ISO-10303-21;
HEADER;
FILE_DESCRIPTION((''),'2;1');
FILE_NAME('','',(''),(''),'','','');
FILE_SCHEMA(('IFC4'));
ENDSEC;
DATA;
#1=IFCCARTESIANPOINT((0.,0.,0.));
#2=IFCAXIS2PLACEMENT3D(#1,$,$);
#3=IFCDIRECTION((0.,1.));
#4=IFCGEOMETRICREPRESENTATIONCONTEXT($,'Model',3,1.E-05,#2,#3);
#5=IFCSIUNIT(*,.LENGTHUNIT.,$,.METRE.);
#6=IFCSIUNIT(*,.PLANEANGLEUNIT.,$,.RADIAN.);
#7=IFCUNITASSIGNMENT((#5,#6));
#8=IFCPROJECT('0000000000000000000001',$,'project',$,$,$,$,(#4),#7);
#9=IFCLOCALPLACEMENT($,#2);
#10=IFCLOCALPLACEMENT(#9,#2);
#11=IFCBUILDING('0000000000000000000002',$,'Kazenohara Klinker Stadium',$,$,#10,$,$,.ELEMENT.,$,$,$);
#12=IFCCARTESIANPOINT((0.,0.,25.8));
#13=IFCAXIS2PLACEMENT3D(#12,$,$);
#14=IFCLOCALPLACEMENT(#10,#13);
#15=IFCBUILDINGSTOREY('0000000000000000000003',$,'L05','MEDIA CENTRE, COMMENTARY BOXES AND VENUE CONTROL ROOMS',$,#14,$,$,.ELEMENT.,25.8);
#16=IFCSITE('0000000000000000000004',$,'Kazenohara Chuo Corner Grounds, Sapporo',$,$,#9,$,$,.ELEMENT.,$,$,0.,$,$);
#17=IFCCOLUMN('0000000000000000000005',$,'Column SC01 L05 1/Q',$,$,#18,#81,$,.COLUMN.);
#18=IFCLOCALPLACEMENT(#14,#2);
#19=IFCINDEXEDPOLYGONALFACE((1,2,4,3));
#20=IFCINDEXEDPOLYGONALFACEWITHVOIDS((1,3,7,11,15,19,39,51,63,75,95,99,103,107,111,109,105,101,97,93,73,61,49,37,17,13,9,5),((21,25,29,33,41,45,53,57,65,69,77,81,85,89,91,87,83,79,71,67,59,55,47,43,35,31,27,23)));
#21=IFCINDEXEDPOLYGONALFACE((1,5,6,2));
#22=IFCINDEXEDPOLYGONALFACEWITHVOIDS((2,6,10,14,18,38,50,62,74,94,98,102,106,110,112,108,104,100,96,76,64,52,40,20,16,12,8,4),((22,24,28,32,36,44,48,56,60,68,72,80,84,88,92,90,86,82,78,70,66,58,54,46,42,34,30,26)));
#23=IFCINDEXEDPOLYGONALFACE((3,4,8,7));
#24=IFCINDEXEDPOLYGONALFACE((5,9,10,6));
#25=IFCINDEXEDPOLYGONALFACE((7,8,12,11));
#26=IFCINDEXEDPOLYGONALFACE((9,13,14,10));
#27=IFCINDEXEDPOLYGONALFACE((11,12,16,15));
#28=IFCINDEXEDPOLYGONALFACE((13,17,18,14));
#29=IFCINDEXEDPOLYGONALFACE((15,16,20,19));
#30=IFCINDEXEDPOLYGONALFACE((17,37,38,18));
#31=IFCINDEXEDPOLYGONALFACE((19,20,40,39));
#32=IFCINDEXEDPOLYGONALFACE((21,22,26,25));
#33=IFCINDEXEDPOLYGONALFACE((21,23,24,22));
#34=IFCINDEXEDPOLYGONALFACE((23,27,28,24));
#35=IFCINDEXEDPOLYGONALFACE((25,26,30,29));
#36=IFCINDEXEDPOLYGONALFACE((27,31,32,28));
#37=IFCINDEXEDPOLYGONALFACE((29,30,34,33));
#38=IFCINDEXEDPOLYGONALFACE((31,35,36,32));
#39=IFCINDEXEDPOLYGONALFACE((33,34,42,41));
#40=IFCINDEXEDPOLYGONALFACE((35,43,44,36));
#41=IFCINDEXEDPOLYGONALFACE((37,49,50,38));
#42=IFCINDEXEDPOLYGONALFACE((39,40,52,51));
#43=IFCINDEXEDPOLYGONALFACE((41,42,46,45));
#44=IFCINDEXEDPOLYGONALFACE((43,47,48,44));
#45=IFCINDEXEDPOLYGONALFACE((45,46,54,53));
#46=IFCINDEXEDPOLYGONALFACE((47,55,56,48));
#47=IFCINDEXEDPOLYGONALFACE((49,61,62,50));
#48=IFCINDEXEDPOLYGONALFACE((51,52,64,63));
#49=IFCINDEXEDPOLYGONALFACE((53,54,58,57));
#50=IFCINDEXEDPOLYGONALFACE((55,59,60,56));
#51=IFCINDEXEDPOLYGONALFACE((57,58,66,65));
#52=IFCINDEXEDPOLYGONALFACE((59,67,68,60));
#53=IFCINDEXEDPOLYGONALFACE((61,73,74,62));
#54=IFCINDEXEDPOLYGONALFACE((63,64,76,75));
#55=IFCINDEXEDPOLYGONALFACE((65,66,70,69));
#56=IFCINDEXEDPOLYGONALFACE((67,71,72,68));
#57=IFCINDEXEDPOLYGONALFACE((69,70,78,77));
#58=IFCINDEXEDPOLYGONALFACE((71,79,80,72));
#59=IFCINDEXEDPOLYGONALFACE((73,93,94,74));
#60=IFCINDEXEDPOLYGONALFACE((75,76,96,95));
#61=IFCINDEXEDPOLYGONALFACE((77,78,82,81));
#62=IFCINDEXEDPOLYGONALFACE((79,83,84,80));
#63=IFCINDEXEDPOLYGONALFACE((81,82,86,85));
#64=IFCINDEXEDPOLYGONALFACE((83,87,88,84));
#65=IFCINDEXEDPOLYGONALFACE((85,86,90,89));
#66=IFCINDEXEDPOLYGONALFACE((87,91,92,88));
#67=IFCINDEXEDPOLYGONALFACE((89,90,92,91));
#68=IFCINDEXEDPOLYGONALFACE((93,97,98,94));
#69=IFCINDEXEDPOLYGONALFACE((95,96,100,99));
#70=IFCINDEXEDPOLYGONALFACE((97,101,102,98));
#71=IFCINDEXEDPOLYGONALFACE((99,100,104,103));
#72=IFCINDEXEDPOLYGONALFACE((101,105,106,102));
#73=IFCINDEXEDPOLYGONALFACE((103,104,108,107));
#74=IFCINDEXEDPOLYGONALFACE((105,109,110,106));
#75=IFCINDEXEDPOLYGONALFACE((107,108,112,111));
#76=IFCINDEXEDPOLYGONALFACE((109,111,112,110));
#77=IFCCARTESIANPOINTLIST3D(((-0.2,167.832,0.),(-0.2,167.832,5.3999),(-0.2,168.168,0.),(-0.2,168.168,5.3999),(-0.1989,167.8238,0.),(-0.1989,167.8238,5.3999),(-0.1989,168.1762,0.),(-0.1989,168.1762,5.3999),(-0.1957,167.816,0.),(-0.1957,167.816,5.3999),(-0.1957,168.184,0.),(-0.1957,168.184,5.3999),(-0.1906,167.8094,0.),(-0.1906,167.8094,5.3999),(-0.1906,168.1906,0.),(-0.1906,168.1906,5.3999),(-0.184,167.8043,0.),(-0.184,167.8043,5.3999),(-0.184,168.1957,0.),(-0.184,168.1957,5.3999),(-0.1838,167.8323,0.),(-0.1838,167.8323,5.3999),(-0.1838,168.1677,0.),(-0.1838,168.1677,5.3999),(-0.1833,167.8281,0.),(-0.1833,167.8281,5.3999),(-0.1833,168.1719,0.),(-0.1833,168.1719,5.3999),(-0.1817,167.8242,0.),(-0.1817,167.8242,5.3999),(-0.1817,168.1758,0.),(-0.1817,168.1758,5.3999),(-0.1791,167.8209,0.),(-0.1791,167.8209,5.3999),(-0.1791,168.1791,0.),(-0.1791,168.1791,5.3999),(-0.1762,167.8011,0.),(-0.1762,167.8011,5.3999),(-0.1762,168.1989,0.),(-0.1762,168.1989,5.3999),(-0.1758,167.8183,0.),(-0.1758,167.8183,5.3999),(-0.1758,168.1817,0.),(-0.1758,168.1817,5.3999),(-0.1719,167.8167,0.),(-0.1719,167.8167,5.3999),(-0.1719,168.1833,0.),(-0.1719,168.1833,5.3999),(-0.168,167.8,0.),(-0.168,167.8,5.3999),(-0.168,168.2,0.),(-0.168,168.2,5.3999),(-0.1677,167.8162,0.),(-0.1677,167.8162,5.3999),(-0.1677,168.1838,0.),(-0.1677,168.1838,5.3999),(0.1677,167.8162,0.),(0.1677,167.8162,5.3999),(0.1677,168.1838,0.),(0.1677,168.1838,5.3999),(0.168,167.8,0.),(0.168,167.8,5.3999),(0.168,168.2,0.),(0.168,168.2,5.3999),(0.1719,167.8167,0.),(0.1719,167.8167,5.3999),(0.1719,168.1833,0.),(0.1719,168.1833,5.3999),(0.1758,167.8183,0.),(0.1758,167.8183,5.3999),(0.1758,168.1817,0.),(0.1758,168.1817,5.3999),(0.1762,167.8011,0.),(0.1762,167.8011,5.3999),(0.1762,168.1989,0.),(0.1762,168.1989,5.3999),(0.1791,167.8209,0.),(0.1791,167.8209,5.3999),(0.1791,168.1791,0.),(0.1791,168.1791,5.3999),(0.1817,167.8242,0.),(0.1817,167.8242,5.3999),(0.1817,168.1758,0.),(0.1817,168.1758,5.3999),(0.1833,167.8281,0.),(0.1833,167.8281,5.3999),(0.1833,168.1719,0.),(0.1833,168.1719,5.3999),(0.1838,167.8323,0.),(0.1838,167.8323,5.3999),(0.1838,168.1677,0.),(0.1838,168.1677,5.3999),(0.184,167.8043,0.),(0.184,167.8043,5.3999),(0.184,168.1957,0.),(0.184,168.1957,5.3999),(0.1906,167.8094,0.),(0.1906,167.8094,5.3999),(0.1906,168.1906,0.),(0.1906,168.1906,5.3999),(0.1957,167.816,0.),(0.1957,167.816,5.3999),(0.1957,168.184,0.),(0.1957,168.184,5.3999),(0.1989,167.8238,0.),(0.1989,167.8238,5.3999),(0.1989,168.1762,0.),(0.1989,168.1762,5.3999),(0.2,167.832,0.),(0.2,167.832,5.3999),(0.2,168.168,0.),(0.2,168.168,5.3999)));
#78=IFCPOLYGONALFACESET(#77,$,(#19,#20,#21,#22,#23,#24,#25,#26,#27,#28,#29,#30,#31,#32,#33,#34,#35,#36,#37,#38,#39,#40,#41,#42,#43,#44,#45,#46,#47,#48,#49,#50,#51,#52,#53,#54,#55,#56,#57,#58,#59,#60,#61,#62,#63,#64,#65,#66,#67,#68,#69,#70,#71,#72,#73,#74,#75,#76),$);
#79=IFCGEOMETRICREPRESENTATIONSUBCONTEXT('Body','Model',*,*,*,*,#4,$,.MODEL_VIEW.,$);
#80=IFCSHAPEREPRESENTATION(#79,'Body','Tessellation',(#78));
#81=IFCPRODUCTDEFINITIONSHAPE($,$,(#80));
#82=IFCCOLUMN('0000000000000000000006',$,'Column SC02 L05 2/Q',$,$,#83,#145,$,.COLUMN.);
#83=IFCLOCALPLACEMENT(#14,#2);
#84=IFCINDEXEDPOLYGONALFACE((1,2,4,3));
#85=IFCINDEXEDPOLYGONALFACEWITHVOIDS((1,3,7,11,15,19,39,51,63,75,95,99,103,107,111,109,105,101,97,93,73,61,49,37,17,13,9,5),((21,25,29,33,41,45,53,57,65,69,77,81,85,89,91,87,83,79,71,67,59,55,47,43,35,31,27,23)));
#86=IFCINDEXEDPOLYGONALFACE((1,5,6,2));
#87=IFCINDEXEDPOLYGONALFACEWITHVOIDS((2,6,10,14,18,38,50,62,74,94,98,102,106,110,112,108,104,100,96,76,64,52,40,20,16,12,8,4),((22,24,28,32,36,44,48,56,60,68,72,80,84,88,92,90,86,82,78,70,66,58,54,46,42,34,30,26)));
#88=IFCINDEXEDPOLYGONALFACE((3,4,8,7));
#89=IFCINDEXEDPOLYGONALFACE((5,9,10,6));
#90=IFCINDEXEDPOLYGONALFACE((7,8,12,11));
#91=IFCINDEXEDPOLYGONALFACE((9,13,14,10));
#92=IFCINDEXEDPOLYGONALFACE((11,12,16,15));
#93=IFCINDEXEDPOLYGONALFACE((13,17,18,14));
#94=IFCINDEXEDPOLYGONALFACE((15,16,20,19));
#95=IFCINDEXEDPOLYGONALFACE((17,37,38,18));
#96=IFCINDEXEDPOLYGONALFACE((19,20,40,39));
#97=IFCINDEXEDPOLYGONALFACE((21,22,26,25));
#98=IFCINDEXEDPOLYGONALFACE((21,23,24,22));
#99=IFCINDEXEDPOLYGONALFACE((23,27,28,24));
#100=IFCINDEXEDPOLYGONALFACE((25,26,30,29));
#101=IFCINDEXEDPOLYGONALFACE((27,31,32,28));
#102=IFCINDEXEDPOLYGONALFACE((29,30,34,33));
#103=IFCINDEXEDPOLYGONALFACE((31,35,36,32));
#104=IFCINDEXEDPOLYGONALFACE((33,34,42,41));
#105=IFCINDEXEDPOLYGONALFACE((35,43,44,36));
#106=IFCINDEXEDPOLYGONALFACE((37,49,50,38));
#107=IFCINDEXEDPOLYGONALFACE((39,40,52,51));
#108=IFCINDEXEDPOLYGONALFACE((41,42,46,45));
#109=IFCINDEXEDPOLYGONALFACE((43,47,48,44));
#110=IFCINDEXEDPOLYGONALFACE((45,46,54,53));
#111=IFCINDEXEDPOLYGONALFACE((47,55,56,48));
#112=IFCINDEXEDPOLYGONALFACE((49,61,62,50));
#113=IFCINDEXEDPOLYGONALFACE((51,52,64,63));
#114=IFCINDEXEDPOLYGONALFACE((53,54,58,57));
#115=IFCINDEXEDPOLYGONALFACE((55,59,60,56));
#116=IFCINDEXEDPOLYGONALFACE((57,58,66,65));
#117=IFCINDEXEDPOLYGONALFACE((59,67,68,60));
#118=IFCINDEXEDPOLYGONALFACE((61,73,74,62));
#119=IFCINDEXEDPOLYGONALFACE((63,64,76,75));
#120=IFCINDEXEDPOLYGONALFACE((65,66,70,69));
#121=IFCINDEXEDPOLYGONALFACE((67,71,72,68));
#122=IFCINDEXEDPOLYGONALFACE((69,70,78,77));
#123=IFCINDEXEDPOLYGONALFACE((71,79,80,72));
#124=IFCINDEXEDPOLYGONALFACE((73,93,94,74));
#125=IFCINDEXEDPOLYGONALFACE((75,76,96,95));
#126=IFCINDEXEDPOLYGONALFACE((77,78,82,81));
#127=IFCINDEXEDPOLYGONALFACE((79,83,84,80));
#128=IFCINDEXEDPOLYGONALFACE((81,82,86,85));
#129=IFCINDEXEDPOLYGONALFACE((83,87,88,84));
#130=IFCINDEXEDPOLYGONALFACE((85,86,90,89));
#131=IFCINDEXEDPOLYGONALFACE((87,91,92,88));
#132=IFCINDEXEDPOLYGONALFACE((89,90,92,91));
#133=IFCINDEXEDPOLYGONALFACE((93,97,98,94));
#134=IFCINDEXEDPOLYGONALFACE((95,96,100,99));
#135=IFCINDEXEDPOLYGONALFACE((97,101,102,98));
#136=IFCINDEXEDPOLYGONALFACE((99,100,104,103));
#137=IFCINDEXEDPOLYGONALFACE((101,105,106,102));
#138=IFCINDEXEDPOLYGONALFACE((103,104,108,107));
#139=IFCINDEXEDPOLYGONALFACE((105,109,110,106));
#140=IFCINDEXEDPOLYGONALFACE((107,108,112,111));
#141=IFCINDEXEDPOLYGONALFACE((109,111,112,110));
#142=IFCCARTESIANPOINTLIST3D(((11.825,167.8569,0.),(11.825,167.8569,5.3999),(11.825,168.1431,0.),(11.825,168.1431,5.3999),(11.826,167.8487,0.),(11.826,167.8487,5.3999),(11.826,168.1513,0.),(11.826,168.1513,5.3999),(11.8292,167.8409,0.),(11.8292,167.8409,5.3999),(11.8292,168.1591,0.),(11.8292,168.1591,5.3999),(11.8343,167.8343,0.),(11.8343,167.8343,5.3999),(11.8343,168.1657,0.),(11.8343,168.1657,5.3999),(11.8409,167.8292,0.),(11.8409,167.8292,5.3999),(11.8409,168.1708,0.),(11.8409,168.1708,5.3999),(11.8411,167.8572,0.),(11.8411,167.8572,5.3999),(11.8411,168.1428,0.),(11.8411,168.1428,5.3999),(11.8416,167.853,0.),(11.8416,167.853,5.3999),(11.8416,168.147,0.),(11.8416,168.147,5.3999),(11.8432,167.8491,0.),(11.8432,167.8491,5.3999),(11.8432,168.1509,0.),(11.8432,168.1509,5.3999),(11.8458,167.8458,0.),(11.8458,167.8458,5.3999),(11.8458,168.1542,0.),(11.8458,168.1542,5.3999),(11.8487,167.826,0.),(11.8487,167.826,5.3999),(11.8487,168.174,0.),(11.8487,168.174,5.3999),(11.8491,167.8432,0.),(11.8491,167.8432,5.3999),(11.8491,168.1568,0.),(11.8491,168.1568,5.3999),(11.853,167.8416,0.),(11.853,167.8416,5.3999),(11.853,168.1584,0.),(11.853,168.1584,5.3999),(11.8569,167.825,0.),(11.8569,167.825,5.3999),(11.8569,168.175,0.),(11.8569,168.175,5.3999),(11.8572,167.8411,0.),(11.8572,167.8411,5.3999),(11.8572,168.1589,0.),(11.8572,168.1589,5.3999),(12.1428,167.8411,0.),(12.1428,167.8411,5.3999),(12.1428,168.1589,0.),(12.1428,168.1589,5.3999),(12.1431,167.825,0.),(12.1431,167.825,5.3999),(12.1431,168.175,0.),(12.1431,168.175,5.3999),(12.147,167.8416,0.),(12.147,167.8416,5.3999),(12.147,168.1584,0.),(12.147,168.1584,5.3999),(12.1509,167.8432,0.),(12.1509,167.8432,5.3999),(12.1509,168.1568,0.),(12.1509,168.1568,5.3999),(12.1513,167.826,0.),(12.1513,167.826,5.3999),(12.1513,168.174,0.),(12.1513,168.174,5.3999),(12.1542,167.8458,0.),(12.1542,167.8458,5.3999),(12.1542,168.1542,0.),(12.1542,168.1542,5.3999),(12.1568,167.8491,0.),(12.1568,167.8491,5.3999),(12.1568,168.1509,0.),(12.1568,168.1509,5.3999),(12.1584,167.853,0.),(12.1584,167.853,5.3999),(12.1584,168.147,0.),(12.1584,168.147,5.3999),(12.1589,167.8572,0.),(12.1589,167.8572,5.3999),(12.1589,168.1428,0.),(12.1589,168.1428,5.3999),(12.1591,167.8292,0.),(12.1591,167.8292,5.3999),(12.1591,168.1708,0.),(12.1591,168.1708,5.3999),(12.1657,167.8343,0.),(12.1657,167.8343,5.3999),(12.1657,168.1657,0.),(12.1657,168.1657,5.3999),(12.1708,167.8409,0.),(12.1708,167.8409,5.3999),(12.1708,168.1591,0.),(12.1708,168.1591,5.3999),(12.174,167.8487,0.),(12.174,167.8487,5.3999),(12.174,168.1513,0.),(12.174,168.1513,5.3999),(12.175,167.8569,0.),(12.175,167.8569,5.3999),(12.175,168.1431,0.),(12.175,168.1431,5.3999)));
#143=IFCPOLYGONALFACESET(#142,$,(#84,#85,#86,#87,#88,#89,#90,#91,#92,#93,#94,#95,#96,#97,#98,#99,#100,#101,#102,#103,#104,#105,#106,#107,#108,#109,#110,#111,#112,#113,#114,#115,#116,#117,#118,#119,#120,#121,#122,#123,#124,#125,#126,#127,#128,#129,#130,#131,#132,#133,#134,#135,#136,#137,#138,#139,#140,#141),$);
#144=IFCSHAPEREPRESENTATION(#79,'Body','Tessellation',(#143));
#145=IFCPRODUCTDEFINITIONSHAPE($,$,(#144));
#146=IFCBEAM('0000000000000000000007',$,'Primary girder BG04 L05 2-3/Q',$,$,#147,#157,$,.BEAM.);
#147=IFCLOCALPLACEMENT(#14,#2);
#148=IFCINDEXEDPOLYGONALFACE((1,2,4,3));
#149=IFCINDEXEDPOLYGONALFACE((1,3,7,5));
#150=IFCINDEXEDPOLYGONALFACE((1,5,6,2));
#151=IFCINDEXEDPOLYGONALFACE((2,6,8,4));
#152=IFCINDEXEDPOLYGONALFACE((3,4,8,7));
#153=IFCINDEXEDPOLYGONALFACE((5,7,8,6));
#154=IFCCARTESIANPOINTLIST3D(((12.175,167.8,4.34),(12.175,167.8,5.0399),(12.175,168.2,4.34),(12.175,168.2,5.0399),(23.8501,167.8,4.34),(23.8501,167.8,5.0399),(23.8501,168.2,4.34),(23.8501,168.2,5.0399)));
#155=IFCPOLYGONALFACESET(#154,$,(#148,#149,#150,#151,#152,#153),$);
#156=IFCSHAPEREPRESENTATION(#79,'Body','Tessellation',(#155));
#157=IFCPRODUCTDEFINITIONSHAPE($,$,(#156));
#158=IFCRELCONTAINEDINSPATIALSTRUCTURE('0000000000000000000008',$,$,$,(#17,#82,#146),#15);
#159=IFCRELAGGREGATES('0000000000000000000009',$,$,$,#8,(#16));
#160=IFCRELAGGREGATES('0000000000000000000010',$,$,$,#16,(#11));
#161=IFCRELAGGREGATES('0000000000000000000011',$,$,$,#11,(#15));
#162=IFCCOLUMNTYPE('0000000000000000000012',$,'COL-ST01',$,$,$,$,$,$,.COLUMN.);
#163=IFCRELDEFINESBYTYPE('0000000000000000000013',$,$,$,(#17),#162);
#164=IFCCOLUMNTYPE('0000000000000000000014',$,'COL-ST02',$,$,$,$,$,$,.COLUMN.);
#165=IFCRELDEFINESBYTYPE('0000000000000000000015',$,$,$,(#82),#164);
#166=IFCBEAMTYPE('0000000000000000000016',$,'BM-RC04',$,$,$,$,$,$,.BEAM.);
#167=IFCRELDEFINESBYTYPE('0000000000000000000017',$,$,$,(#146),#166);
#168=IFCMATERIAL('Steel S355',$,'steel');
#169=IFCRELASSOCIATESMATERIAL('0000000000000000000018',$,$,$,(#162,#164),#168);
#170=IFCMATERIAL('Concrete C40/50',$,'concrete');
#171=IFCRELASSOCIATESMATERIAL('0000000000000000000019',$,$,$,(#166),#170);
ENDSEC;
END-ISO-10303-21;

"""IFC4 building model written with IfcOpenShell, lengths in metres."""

from ifc_helpers import new_model, si_unit, direction, frame, origin, origin_2d, place, context, subcontext, project, spatial, rectangle, hollow_rectangle, extrude, material, material_profile, profile_set, type_object, element, save


model = new_model("IFC4")

# Units and contexts
model_context = context("Model", 3, precision=1e-05, world=origin(), true_north=direction((0.0, 1.0)))
body_context = subcontext(model_context, "Body", "Model", "MODEL_VIEW")
ifc_project = project(units=[si_unit("LENGTHUNIT", "METRE"), si_unit("PLANEANGLEUNIT", "RADIAN")], contexts=[model_context])

# Site, building, storey
site_placement = place(None, origin())
site = spatial("IfcSite", under=ifc_project, at=site_placement, Name="Kazenohara Chuo Corner Grounds, Sapporo", CompositionType="ELEMENT", RefElevation=0.0)
building_placement = place(site_placement, origin())
building = spatial("IfcBuilding", under=site, at=building_placement, Name="Kazenohara Klinker Stadium", CompositionType="ELEMENT")
storey_placement = place(building_placement, frame((0.0, 0.0, 25.8)))
storey = spatial("IfcBuildingStorey", under=building, at=storey_placement, Name="L05", Description="MEDIA CENTRE, COMMENTARY BOXES AND VENUE CONTROL ROOMS", CompositionType="ELEMENT", Elevation=25.8)

# Columns
ifc_material_1 = material(Name="Steel S355", Category="steel")
ifc_material_profile_1 = material_profile(ifc_material_1, hollow_rectangle(XDim=0.3999, YDim=0.3999, WallThickness=0.0161, InnerFilletRadius=0.0161, OuterFilletRadius=0.032, at=origin_2d()), Name="SHS-400x400x16")
ifc_profile_set_1 = profile_set([ifc_material_profile_1], Name="Steel S355")
column_type_1 = type_object("IfcColumnType", Name="COL-ST01", PredefinedType="COLUMN", material=ifc_profile_set_1)
column_1_placement = place(storey_placement, frame((0.0, 168.0, 0.0), z_axis=(0.0, 0.0, 1.0), x_axis=(1.0, 0.0, 0.0)))
element("IfcColumn", 1, at=column_1_placement, inside=storey, type_object=column_type_1, Name="Column SC01 L05 1/Q", PredefinedType="COLUMN", context=body_context, shape_type="SweptSolid", body=[
    extrude(hollow_rectangle(XDim=0.3999, YDim=0.3999, WallThickness=0.0161, InnerFilletRadius=0.0161, OuterFilletRadius=0.032, at=origin_2d()), origin(), (0.0, 0.0, 1.0), 5.3999),
])
ifc_material_profile_2 = material_profile(ifc_material_1, hollow_rectangle(XDim=0.3501, YDim=0.3501, WallThickness=0.0161, InnerFilletRadius=0.0161, OuterFilletRadius=0.032, at=origin_2d()), Name="SHS-350x350x16")
ifc_profile_set_2 = profile_set([ifc_material_profile_2], Name="Steel S355")
column_type_2 = type_object("IfcColumnType", Name="COL-ST02", PredefinedType="COLUMN", material=ifc_profile_set_2)
column_2_placement = place(storey_placement, frame((12.0, 168.0, 0.0), z_axis=(0.0, 0.0, 1.0), x_axis=(1.0, 0.0, 0.0)))
element("IfcColumn", 2, at=column_2_placement, inside=storey, type_object=column_type_2, Name="Column SC02 L05 2/Q", PredefinedType="COLUMN", context=body_context, shape_type="SweptSolid", body=[
    extrude(hollow_rectangle(XDim=0.3501, YDim=0.3501, WallThickness=0.0161, InnerFilletRadius=0.0161, OuterFilletRadius=0.032, at=origin_2d()), origin(), (0.0, 0.0, 1.0), 5.3999),
])

# Beam
ifc_material_2 = material(Name="Concrete C40/50", Category="concrete")
ifc_material_profile_3 = material_profile(ifc_material_2, rectangle(XDim=0.3999, YDim=0.7, at=origin_2d()), Name="RC-BM-400x700")
ifc_profile_set_3 = profile_set([ifc_material_profile_3], Name="Concrete C40/50")
beam_type_1 = type_object("IfcBeamType", Name="BM-RC04", PredefinedType="BEAM", material=ifc_profile_set_3)
beam_1_placement = place(storey_placement, frame((12.175, 168.0, 4.6899), z_axis=(1.0, 0.0, 0.0), x_axis=(0.0, 1.0, 0.0)))
element("IfcBeam", 3, at=beam_1_placement, inside=storey, type_object=beam_type_1, Name="Primary girder BG04 L05 2-3/Q", PredefinedType="BEAM", context=body_context, shape_type="SweptSolid", body=[
    extrude(rectangle(XDim=0.3999, YDim=0.7, at=origin_2d()), origin(), (0.0, 0.0, 1.0), 11.675),
])

save(model, "model.ifc")
